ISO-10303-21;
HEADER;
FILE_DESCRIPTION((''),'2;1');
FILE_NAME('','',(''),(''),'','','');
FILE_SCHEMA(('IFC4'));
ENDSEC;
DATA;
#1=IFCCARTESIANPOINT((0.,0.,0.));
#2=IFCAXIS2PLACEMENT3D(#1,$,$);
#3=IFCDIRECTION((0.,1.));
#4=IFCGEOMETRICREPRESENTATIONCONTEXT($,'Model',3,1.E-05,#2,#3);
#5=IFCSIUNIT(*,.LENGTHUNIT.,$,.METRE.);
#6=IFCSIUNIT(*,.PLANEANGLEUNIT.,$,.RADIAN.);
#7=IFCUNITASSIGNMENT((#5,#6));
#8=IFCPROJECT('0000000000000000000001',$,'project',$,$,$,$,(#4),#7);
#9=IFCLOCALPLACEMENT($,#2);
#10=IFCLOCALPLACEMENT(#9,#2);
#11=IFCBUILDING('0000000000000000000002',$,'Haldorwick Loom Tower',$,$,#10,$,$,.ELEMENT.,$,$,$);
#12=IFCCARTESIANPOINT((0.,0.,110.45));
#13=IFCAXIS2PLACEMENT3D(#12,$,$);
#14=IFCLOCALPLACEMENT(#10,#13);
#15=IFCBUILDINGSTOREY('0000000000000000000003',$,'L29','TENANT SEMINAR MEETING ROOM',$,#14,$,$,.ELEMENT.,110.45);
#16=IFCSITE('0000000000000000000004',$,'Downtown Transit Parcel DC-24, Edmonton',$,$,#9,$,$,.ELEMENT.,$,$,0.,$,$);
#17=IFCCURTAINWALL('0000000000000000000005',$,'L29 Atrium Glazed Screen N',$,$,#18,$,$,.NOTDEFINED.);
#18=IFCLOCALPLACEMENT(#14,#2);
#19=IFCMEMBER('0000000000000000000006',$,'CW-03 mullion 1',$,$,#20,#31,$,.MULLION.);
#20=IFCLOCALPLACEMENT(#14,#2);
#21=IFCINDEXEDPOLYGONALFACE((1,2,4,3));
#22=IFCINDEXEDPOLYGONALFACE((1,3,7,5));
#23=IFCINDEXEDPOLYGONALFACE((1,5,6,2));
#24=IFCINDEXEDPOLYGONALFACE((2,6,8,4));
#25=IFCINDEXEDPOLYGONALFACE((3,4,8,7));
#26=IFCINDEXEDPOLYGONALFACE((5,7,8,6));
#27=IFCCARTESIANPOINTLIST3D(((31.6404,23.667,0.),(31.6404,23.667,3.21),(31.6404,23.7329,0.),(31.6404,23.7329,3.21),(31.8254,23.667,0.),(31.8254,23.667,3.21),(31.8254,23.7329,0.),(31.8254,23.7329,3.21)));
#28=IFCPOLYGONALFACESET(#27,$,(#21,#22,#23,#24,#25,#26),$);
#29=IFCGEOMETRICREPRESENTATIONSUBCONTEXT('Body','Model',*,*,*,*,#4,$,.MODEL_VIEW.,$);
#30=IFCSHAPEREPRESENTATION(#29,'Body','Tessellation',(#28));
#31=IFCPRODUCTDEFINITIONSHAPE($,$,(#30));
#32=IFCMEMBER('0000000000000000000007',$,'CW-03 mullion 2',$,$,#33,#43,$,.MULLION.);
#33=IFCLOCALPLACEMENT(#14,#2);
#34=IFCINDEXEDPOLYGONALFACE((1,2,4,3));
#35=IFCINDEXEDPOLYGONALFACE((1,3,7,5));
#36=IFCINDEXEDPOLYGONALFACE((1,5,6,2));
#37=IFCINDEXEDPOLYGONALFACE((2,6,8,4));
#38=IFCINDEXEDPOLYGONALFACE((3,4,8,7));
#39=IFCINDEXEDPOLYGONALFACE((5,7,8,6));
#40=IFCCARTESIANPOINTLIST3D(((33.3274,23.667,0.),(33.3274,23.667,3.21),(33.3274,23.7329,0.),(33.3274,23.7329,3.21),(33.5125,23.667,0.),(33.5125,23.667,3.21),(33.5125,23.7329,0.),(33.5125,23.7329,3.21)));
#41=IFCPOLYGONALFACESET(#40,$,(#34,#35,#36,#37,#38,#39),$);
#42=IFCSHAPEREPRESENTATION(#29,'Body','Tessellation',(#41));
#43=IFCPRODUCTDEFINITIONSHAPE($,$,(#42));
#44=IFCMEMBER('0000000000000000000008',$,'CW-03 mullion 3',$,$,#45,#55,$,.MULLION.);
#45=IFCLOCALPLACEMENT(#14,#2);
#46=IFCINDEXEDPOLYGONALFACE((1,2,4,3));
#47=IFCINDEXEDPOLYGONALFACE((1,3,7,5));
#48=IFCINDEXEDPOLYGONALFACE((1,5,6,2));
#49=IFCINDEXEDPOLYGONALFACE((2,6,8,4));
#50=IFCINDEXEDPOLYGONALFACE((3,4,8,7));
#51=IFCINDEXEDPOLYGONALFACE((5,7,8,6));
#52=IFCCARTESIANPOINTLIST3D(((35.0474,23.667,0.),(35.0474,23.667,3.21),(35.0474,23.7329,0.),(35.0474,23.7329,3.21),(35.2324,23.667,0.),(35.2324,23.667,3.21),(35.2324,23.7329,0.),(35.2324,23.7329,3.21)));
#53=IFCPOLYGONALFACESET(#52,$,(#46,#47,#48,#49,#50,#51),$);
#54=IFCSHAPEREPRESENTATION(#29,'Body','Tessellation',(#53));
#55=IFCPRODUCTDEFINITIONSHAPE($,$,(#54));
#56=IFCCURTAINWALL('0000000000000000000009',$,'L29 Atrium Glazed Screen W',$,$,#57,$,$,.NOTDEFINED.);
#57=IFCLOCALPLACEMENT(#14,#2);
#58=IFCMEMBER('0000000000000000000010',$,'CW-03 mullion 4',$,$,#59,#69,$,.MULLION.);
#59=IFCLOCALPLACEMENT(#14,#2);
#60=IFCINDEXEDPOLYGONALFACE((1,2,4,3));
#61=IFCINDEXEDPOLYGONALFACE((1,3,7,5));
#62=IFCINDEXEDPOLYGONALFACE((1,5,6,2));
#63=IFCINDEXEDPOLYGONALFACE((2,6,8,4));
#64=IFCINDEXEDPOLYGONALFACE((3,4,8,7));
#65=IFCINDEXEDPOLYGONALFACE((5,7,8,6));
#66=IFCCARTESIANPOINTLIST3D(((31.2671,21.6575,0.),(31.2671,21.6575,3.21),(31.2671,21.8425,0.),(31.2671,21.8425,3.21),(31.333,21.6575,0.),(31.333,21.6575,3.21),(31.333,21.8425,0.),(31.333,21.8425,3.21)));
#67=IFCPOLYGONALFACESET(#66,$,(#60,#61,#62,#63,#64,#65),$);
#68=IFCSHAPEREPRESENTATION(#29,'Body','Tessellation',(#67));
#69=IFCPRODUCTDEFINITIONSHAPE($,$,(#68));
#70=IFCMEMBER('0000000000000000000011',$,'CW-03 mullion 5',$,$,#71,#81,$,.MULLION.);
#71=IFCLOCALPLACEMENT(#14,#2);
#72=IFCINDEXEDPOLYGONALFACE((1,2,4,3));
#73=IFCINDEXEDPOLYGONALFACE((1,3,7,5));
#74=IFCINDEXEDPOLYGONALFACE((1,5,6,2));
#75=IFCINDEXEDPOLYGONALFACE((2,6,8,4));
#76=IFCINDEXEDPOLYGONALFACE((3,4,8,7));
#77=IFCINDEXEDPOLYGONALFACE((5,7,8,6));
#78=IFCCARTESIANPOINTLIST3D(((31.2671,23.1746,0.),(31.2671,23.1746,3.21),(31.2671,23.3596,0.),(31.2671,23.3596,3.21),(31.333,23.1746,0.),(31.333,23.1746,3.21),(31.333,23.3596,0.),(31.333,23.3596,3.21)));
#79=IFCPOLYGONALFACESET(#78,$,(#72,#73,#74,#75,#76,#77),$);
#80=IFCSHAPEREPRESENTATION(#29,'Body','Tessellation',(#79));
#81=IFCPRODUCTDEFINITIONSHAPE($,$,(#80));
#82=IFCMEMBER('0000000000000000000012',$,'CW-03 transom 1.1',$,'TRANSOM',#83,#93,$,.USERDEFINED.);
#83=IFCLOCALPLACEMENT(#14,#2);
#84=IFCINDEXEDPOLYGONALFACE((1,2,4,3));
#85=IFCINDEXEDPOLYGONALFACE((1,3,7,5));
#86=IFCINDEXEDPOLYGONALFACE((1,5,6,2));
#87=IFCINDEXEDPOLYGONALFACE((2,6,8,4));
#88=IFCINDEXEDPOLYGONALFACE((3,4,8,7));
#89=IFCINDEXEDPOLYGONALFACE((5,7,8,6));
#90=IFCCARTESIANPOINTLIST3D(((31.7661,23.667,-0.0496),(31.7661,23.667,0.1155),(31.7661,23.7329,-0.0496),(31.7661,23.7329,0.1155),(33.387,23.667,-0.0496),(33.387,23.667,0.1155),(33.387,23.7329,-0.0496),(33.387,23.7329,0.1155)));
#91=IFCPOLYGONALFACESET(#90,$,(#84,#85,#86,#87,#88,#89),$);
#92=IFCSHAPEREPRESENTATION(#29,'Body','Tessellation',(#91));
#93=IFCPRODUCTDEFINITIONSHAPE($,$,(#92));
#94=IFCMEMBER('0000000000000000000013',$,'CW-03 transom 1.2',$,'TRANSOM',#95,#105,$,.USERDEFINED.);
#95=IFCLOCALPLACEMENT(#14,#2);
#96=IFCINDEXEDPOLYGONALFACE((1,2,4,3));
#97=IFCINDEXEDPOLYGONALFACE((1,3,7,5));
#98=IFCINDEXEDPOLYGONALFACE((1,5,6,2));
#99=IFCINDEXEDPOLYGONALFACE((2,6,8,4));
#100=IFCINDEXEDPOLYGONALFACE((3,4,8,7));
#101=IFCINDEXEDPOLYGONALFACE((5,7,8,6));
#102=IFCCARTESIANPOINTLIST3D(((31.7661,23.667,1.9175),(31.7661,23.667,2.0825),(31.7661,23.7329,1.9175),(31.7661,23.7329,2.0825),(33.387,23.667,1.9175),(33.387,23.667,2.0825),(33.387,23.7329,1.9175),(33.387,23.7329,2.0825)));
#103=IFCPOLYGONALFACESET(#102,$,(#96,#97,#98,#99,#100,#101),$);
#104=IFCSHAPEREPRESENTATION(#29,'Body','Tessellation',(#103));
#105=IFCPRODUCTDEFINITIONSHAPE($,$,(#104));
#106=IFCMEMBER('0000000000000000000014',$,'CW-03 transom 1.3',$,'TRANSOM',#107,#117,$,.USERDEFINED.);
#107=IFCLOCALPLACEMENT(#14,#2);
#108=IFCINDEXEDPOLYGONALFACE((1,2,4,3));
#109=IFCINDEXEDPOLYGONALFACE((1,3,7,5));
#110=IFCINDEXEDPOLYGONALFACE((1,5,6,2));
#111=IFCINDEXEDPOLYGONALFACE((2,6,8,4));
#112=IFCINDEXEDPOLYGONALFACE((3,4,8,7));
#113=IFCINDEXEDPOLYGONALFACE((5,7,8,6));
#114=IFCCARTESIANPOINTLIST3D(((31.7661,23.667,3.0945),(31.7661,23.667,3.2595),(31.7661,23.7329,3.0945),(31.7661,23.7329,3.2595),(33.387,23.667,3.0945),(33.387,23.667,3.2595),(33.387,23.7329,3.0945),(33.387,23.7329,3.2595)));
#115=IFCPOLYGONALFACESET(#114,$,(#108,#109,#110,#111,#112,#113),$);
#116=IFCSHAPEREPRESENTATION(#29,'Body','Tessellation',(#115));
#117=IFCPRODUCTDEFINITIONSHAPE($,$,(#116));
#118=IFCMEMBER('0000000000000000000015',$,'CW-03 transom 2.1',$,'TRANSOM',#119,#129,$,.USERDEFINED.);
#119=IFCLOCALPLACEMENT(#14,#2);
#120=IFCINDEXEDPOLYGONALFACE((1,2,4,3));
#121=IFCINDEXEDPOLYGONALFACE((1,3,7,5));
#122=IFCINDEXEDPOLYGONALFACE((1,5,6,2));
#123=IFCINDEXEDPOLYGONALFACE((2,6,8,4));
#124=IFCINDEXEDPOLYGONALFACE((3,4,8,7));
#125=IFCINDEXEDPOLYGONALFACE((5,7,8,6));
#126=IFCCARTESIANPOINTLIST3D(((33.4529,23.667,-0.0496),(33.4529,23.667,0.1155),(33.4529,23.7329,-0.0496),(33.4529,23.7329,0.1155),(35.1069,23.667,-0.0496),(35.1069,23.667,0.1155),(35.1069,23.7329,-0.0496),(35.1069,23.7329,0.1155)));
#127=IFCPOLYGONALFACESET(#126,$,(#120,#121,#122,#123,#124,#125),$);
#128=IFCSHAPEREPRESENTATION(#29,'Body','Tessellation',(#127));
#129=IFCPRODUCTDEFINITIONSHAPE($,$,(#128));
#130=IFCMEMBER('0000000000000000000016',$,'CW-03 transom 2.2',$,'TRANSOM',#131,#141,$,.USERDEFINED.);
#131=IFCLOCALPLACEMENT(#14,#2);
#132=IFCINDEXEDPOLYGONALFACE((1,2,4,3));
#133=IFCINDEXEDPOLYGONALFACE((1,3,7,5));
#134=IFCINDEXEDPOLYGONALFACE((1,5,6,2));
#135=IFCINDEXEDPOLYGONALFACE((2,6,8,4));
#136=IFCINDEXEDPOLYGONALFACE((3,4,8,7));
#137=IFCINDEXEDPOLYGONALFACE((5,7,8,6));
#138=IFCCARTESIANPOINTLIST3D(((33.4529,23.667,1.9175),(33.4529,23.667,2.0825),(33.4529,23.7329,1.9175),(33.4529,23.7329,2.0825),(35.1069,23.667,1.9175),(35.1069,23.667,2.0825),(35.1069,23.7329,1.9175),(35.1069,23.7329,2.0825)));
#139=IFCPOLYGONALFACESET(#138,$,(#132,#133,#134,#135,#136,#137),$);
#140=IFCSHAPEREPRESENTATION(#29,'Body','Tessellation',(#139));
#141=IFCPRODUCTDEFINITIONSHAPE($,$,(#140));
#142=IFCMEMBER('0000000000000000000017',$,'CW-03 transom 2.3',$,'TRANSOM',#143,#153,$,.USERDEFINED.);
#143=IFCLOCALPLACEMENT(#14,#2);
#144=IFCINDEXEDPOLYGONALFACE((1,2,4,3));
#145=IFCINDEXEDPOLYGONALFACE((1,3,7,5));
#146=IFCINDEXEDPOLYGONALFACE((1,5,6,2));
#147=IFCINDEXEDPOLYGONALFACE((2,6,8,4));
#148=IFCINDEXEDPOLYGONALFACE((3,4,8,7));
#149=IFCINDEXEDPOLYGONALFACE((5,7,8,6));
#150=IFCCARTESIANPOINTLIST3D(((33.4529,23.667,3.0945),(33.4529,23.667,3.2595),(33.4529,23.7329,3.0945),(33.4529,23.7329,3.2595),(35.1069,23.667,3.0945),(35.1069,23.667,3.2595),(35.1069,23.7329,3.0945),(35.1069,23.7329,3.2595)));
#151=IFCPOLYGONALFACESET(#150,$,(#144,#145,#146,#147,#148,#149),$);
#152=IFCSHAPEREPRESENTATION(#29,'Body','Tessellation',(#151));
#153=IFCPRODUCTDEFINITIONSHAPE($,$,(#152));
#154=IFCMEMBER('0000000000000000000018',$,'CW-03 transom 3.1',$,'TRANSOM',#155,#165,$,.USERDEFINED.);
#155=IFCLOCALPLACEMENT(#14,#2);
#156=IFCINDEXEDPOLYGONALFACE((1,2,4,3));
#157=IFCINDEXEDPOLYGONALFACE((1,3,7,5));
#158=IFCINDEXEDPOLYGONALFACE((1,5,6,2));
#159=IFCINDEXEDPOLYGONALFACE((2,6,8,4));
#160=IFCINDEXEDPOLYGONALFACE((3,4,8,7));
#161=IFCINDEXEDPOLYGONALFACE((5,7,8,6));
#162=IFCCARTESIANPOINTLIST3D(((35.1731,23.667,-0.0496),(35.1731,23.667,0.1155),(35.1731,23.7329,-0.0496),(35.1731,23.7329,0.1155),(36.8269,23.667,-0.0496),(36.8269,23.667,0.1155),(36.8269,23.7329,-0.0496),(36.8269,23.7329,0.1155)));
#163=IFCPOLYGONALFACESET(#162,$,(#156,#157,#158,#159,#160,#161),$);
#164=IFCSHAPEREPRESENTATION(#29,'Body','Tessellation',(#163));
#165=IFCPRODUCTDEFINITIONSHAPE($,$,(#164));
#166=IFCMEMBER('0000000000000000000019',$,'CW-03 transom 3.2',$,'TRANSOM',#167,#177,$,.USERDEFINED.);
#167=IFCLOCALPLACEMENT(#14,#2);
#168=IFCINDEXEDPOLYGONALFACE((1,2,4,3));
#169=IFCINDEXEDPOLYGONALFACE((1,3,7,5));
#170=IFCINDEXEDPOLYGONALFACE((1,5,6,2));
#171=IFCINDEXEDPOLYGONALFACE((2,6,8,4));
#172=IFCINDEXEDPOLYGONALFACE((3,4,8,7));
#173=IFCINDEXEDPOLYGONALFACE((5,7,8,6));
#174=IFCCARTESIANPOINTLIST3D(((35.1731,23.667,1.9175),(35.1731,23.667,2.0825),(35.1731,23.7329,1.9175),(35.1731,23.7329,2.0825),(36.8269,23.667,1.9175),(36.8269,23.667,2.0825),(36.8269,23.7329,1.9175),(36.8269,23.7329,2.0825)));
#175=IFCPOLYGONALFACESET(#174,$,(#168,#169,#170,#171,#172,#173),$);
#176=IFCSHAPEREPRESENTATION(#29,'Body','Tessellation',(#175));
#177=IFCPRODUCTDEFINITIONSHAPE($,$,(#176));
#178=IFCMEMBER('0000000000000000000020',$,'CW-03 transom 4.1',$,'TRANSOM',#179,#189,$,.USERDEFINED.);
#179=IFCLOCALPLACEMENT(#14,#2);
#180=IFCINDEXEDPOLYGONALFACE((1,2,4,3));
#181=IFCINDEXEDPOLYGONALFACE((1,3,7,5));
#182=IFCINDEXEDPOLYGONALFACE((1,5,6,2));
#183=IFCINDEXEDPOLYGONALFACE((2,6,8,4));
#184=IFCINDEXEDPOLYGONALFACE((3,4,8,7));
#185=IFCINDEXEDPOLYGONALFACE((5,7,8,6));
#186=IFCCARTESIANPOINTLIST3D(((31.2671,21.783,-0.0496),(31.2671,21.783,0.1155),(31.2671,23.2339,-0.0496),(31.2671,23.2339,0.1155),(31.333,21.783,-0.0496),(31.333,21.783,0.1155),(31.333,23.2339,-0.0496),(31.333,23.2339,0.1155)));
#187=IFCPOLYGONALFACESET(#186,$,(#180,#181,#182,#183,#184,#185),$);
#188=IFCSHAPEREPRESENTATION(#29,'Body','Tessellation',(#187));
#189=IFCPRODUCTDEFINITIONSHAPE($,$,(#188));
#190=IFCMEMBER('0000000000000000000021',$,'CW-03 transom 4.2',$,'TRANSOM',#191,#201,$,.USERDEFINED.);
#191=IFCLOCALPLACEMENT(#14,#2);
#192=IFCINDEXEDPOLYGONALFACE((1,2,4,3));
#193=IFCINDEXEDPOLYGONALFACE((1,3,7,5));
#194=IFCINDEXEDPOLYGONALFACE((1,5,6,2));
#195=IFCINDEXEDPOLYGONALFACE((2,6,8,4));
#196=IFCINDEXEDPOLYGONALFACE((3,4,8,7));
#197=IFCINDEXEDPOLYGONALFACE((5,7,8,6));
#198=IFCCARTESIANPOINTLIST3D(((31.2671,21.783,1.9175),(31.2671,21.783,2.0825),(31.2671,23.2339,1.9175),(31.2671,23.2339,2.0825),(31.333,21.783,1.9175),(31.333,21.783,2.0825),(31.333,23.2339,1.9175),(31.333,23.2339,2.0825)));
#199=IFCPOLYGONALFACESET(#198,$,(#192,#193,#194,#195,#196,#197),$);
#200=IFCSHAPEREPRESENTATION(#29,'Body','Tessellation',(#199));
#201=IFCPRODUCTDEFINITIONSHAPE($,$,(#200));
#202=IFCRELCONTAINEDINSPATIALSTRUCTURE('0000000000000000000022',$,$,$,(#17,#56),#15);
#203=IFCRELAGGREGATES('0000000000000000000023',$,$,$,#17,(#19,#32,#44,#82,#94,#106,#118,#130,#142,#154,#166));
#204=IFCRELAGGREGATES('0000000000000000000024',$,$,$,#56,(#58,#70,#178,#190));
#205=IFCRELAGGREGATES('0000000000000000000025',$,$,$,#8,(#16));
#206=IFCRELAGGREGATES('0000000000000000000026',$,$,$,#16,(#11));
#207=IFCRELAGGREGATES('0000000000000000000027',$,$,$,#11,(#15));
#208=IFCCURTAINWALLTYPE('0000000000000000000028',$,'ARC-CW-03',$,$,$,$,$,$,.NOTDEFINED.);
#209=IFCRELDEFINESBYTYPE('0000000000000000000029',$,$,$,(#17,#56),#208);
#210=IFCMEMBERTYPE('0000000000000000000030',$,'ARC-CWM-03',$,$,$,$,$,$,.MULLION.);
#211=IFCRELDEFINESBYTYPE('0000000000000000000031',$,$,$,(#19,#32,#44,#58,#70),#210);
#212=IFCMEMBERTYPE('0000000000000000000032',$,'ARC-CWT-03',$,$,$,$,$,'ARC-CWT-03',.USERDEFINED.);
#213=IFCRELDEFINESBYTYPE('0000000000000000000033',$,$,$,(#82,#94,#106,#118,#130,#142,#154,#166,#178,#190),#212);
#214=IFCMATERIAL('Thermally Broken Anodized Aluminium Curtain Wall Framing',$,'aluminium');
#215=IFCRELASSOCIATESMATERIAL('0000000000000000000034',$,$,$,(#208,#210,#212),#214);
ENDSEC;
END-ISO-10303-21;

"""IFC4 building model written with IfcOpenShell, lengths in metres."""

from ifc_helpers import new_model, si_unit, direction, frame, origin, origin_2d, place, context, subcontext, project, spatial, rectangle, extrude, material, material_profile, profile_set, type_object, element, aggregate, save


model = new_model("IFC4")

# Units and contexts
model_context = context("Model", 3, precision=1e-05, world=origin(), true_north=direction((0.0, 1.0)))
body_context = subcontext(model_context, "Body", "Model", "MODEL_VIEW")
ifc_project = project(units=[si_unit("LENGTHUNIT", "METRE"), si_unit("PLANEANGLEUNIT", "RADIAN")], contexts=[model_context])

# Site, building, storey
site_placement = place(None, origin())
site = spatial("IfcSite", under=ifc_project, at=site_placement, Name="Downtown Transit Parcel DC-24, Edmonton", CompositionType="ELEMENT", RefElevation=0.0)
building_placement = place(site_placement, origin())
building = spatial("IfcBuilding", under=site, at=building_placement, Name="Haldorwick Loom Tower", CompositionType="ELEMENT")
storey_placement = place(building_placement, frame((0.0, 0.0, 110.45)))
storey = spatial("IfcBuildingStorey", under=building, at=storey_placement, Name="L29", Description="TENANT SEMINAR MEETING ROOM", CompositionType="ELEMENT", Elevation=110.45)

# Curtain walls, members
ifc_material_1 = material(Name="Thermally Broken Anodized Aluminium Curtain Wall Framing", Category="aluminium")
curtain_wall_type = type_object("IfcCurtainWallType", Name="ARC-CW-03", PredefinedType="NOTDEFINED", material=ifc_material_1)
curtain_wall_1_placement = place(storey_placement, origin())
curtain_wall_1 = element("IfcCurtainWall", 1, at=curtain_wall_1_placement, inside=storey, type_object=curtain_wall_type, Name="L29 Atrium Glazed Screen N", PredefinedType="NOTDEFINED")
ifc_material_profile_1 = material_profile(ifc_material_1, rectangle(XDim=0.0659, YDim=0.1851, at=origin_2d()), Name="ALU_MUL_66X185", Category="aluminium")
ifc_profile_set_1 = profile_set([ifc_material_profile_1], Name="Thermally Broken Anodized Aluminium Curtain Wall Framing")
member_type_1 = type_object("IfcMemberType", Name="ARC-CWM-03", PredefinedType="MULLION", material=ifc_profile_set_1)
member_1_placement = place(storey_placement, frame((31.7329, 23.7, 0.0), z_axis=(0.0, 0.0, 1.0), x_axis=(0.0, 1.0, 0.0)))
member_1 = element("IfcMember", 2, at=member_1_placement, type_object=member_type_1, Name="CW-03 mullion 1", PredefinedType="MULLION", context=body_context, shape_type="SweptSolid", body=[
    extrude(rectangle(XDim=0.0659, YDim=0.1851, at=origin_2d()), origin(), (0.0, 0.0, 1.0), 3.21),
])
member_2_placement = place(storey_placement, frame((33.4199, 23.7, 0.0), z_axis=(0.0, 0.0, 1.0), x_axis=(0.0, 1.0, 0.0)))
member_2 = element("IfcMember", 3, at=member_2_placement, type_object=member_type_1, Name="CW-03 mullion 2", PredefinedType="MULLION", context=body_context, shape_type="SweptSolid", body=[
    extrude(rectangle(XDim=0.0659, YDim=0.1851, at=origin_2d()), origin(), (0.0, 0.0, 1.0), 3.21),
])
member_3_placement = place(storey_placement, frame((35.1399, 23.7, 0.0), z_axis=(0.0, 0.0, 1.0), x_axis=(0.0, 1.0, 0.0)))
member_3 = element("IfcMember", 4, at=member_3_placement, type_object=member_type_1, Name="CW-03 mullion 3", PredefinedType="MULLION", context=body_context, shape_type="SweptSolid", body=[
    extrude(rectangle(XDim=0.0659, YDim=0.1851, at=origin_2d()), origin(), (0.0, 0.0, 1.0), 3.21),
])
curtain_wall_2_placement = place(storey_placement, origin())
curtain_wall_2 = element("IfcCurtainWall", 5, at=curtain_wall_2_placement, inside=storey, type_object=curtain_wall_type, Name="L29 Atrium Glazed Screen W", PredefinedType="NOTDEFINED")
member_4_placement = place(storey_placement, frame((31.3, 21.75, 0.0), z_axis=(0.0, 0.0, 1.0), x_axis=(-1.0, 0.0, 0.0)))
member_4 = element("IfcMember", 6, at=member_4_placement, type_object=member_type_1, Name="CW-03 mullion 4", PredefinedType="MULLION", context=body_context, shape_type="SweptSolid", body=[
    extrude(rectangle(XDim=0.0659, YDim=0.1851, at=origin_2d()), origin(), (0.0, 0.0, 1.0), 3.21),
])
member_5_placement = place(storey_placement, frame((31.3, 23.2671, 0.0), z_axis=(0.0, 0.0, 1.0), x_axis=(-1.0, 0.0, 0.0)))
member_5 = element("IfcMember", 7, at=member_5_placement, type_object=member_type_1, Name="CW-03 mullion 5", PredefinedType="MULLION", context=body_context, shape_type="SweptSolid", body=[
    extrude(rectangle(XDim=0.0659, YDim=0.1851, at=origin_2d()), origin(), (0.0, 0.0, 1.0), 3.21),
])

# Members
ifc_material_profile_2 = material_profile(ifc_material_1, rectangle(XDim=0.0659, YDim=0.165, at=origin_2d()), Name="ALU_TRN_66X165", Category="aluminium")
ifc_profile_set_2 = profile_set([ifc_material_profile_2], Name="Thermally Broken Anodized Aluminium Curtain Wall Framing")
member_type_2 = type_object("IfcMemberType", Name="ARC-CWT-03", ElementType="ARC-CWT-03", PredefinedType="USERDEFINED", material=ifc_profile_set_2)
member_6_placement = place(storey_placement, frame((31.7661, 23.7, 0.033), z_axis=(1.0, 0.0, 0.0), x_axis=(0.0, 1.0, 0.0)))
member_6 = element("IfcMember", 8, at=member_6_placement, type_object=member_type_2, Name="CW-03 transom 1.1", ObjectType="TRANSOM", PredefinedType="USERDEFINED", context=body_context, shape_type="SweptSolid", body=[
    extrude(rectangle(XDim=0.0659, YDim=0.165, at=origin_2d()), origin(), (0.0, 0.0, 1.0), 1.6208),
])
member_7_placement = place(storey_placement, frame((31.7661, 23.7, 2.0), z_axis=(1.0, 0.0, 0.0), x_axis=(0.0, 1.0, 0.0)))
member_7 = element("IfcMember", 9, at=member_7_placement, type_object=member_type_2, Name="CW-03 transom 1.2", ObjectType="TRANSOM", PredefinedType="USERDEFINED", context=body_context, shape_type="SweptSolid", body=[
    extrude(rectangle(XDim=0.0659, YDim=0.165, at=origin_2d()), origin(), (0.0, 0.0, 1.0), 1.6208),
])
member_8_placement = place(storey_placement, frame((31.7661, 23.7, 3.177), z_axis=(1.0, 0.0, 0.0), x_axis=(0.0, 1.0, 0.0)))
member_8 = element("IfcMember", 10, at=member_8_placement, type_object=member_type_2, Name="CW-03 transom 1.3", ObjectType="TRANSOM", PredefinedType="USERDEFINED", context=body_context, shape_type="SweptSolid", body=[
    extrude(rectangle(XDim=0.0659, YDim=0.165, at=origin_2d()), origin(), (0.0, 0.0, 1.0), 1.6208),
])
member_9_placement = place(storey_placement, frame((33.4529, 23.7, 0.033), z_axis=(1.0, 0.0, 0.0), x_axis=(0.0, 1.0, 0.0)))
member_9 = element("IfcMember", 11, at=member_9_placement, type_object=member_type_2, Name="CW-03 transom 2.1", ObjectType="TRANSOM", PredefinedType="USERDEFINED", context=body_context, shape_type="SweptSolid", body=[
    extrude(rectangle(XDim=0.0659, YDim=0.165, at=origin_2d()), origin(), (0.0, 0.0, 1.0), 1.6541),
])
member_10_placement = place(storey_placement, frame((33.4529, 23.7, 2.0), z_axis=(1.0, 0.0, 0.0), x_axis=(0.0, 1.0, 0.0)))
member_10 = element("IfcMember", 12, at=member_10_placement, type_object=member_type_2, Name="CW-03 transom 2.2", ObjectType="TRANSOM", PredefinedType="USERDEFINED", context=body_context, shape_type="SweptSolid", body=[
    extrude(rectangle(XDim=0.0659, YDim=0.165, at=origin_2d()), origin(), (0.0, 0.0, 1.0), 1.6541),
])
member_11_placement = place(storey_placement, frame((33.4529, 23.7, 3.177), z_axis=(1.0, 0.0, 0.0), x_axis=(0.0, 1.0, 0.0)))
member_11 = element("IfcMember", 13, at=member_11_placement, type_object=member_type_2, Name="CW-03 transom 2.3", ObjectType="TRANSOM", PredefinedType="USERDEFINED", context=body_context, shape_type="SweptSolid", body=[
    extrude(rectangle(XDim=0.0659, YDim=0.165, at=origin_2d()), origin(), (0.0, 0.0, 1.0), 1.6541),
])
member_12_placement = place(storey_placement, frame((35.1731, 23.7, 0.033), z_axis=(1.0, 0.0, 0.0), x_axis=(0.0, 1.0, 0.0)))
member_12 = element("IfcMember", 14, at=member_12_placement, type_object=member_type_2, Name="CW-03 transom 3.1", ObjectType="TRANSOM", PredefinedType="USERDEFINED", context=body_context, shape_type="SweptSolid", body=[
    extrude(rectangle(XDim=0.0659, YDim=0.165, at=origin_2d()), origin(), (0.0, 0.0, 1.0), 1.6538),
])
member_13_placement = place(storey_placement, frame((35.1731, 23.7, 2.0), z_axis=(1.0, 0.0, 0.0), x_axis=(0.0, 1.0, 0.0)))
member_13 = element("IfcMember", 15, at=member_13_placement, type_object=member_type_2, Name="CW-03 transom 3.2", ObjectType="TRANSOM", PredefinedType="USERDEFINED", context=body_context, shape_type="SweptSolid", body=[
    extrude(rectangle(XDim=0.0659, YDim=0.165, at=origin_2d()), origin(), (0.0, 0.0, 1.0), 1.6538),
])
member_14_placement = place(storey_placement, frame((31.3, 21.783, 0.033), z_axis=(0.0, 1.0, 0.0), x_axis=(-1.0, 0.0, 0.0)))
member_14 = element("IfcMember", 16, at=member_14_placement, type_object=member_type_2, Name="CW-03 transom 4.1", ObjectType="TRANSOM", PredefinedType="USERDEFINED", context=body_context, shape_type="SweptSolid", body=[
    extrude(rectangle(XDim=0.0659, YDim=0.165, at=origin_2d()), origin(), (0.0, 0.0, 1.0), 1.4509),
])
member_15_placement = place(storey_placement, frame((31.3, 21.783, 2.0), z_axis=(0.0, 1.0, 0.0), x_axis=(-1.0, 0.0, 0.0)))
member_15 = element("IfcMember", 17, at=member_15_placement, type_object=member_type_2, Name="CW-03 transom 4.2", ObjectType="TRANSOM", PredefinedType="USERDEFINED", context=body_context, shape_type="SweptSolid", body=[
    extrude(rectangle(XDim=0.0659, YDim=0.165, at=origin_2d()), origin(), (0.0, 0.0, 1.0), 1.4509),
])

aggregate(curtain_wall_1, [member_1, member_2, member_3, member_6, member_7, member_8, member_9, member_10, member_11, member_12, member_13])
aggregate(curtain_wall_2, [member_4, member_5, member_14, member_15])

save(model, "model.ifc")
